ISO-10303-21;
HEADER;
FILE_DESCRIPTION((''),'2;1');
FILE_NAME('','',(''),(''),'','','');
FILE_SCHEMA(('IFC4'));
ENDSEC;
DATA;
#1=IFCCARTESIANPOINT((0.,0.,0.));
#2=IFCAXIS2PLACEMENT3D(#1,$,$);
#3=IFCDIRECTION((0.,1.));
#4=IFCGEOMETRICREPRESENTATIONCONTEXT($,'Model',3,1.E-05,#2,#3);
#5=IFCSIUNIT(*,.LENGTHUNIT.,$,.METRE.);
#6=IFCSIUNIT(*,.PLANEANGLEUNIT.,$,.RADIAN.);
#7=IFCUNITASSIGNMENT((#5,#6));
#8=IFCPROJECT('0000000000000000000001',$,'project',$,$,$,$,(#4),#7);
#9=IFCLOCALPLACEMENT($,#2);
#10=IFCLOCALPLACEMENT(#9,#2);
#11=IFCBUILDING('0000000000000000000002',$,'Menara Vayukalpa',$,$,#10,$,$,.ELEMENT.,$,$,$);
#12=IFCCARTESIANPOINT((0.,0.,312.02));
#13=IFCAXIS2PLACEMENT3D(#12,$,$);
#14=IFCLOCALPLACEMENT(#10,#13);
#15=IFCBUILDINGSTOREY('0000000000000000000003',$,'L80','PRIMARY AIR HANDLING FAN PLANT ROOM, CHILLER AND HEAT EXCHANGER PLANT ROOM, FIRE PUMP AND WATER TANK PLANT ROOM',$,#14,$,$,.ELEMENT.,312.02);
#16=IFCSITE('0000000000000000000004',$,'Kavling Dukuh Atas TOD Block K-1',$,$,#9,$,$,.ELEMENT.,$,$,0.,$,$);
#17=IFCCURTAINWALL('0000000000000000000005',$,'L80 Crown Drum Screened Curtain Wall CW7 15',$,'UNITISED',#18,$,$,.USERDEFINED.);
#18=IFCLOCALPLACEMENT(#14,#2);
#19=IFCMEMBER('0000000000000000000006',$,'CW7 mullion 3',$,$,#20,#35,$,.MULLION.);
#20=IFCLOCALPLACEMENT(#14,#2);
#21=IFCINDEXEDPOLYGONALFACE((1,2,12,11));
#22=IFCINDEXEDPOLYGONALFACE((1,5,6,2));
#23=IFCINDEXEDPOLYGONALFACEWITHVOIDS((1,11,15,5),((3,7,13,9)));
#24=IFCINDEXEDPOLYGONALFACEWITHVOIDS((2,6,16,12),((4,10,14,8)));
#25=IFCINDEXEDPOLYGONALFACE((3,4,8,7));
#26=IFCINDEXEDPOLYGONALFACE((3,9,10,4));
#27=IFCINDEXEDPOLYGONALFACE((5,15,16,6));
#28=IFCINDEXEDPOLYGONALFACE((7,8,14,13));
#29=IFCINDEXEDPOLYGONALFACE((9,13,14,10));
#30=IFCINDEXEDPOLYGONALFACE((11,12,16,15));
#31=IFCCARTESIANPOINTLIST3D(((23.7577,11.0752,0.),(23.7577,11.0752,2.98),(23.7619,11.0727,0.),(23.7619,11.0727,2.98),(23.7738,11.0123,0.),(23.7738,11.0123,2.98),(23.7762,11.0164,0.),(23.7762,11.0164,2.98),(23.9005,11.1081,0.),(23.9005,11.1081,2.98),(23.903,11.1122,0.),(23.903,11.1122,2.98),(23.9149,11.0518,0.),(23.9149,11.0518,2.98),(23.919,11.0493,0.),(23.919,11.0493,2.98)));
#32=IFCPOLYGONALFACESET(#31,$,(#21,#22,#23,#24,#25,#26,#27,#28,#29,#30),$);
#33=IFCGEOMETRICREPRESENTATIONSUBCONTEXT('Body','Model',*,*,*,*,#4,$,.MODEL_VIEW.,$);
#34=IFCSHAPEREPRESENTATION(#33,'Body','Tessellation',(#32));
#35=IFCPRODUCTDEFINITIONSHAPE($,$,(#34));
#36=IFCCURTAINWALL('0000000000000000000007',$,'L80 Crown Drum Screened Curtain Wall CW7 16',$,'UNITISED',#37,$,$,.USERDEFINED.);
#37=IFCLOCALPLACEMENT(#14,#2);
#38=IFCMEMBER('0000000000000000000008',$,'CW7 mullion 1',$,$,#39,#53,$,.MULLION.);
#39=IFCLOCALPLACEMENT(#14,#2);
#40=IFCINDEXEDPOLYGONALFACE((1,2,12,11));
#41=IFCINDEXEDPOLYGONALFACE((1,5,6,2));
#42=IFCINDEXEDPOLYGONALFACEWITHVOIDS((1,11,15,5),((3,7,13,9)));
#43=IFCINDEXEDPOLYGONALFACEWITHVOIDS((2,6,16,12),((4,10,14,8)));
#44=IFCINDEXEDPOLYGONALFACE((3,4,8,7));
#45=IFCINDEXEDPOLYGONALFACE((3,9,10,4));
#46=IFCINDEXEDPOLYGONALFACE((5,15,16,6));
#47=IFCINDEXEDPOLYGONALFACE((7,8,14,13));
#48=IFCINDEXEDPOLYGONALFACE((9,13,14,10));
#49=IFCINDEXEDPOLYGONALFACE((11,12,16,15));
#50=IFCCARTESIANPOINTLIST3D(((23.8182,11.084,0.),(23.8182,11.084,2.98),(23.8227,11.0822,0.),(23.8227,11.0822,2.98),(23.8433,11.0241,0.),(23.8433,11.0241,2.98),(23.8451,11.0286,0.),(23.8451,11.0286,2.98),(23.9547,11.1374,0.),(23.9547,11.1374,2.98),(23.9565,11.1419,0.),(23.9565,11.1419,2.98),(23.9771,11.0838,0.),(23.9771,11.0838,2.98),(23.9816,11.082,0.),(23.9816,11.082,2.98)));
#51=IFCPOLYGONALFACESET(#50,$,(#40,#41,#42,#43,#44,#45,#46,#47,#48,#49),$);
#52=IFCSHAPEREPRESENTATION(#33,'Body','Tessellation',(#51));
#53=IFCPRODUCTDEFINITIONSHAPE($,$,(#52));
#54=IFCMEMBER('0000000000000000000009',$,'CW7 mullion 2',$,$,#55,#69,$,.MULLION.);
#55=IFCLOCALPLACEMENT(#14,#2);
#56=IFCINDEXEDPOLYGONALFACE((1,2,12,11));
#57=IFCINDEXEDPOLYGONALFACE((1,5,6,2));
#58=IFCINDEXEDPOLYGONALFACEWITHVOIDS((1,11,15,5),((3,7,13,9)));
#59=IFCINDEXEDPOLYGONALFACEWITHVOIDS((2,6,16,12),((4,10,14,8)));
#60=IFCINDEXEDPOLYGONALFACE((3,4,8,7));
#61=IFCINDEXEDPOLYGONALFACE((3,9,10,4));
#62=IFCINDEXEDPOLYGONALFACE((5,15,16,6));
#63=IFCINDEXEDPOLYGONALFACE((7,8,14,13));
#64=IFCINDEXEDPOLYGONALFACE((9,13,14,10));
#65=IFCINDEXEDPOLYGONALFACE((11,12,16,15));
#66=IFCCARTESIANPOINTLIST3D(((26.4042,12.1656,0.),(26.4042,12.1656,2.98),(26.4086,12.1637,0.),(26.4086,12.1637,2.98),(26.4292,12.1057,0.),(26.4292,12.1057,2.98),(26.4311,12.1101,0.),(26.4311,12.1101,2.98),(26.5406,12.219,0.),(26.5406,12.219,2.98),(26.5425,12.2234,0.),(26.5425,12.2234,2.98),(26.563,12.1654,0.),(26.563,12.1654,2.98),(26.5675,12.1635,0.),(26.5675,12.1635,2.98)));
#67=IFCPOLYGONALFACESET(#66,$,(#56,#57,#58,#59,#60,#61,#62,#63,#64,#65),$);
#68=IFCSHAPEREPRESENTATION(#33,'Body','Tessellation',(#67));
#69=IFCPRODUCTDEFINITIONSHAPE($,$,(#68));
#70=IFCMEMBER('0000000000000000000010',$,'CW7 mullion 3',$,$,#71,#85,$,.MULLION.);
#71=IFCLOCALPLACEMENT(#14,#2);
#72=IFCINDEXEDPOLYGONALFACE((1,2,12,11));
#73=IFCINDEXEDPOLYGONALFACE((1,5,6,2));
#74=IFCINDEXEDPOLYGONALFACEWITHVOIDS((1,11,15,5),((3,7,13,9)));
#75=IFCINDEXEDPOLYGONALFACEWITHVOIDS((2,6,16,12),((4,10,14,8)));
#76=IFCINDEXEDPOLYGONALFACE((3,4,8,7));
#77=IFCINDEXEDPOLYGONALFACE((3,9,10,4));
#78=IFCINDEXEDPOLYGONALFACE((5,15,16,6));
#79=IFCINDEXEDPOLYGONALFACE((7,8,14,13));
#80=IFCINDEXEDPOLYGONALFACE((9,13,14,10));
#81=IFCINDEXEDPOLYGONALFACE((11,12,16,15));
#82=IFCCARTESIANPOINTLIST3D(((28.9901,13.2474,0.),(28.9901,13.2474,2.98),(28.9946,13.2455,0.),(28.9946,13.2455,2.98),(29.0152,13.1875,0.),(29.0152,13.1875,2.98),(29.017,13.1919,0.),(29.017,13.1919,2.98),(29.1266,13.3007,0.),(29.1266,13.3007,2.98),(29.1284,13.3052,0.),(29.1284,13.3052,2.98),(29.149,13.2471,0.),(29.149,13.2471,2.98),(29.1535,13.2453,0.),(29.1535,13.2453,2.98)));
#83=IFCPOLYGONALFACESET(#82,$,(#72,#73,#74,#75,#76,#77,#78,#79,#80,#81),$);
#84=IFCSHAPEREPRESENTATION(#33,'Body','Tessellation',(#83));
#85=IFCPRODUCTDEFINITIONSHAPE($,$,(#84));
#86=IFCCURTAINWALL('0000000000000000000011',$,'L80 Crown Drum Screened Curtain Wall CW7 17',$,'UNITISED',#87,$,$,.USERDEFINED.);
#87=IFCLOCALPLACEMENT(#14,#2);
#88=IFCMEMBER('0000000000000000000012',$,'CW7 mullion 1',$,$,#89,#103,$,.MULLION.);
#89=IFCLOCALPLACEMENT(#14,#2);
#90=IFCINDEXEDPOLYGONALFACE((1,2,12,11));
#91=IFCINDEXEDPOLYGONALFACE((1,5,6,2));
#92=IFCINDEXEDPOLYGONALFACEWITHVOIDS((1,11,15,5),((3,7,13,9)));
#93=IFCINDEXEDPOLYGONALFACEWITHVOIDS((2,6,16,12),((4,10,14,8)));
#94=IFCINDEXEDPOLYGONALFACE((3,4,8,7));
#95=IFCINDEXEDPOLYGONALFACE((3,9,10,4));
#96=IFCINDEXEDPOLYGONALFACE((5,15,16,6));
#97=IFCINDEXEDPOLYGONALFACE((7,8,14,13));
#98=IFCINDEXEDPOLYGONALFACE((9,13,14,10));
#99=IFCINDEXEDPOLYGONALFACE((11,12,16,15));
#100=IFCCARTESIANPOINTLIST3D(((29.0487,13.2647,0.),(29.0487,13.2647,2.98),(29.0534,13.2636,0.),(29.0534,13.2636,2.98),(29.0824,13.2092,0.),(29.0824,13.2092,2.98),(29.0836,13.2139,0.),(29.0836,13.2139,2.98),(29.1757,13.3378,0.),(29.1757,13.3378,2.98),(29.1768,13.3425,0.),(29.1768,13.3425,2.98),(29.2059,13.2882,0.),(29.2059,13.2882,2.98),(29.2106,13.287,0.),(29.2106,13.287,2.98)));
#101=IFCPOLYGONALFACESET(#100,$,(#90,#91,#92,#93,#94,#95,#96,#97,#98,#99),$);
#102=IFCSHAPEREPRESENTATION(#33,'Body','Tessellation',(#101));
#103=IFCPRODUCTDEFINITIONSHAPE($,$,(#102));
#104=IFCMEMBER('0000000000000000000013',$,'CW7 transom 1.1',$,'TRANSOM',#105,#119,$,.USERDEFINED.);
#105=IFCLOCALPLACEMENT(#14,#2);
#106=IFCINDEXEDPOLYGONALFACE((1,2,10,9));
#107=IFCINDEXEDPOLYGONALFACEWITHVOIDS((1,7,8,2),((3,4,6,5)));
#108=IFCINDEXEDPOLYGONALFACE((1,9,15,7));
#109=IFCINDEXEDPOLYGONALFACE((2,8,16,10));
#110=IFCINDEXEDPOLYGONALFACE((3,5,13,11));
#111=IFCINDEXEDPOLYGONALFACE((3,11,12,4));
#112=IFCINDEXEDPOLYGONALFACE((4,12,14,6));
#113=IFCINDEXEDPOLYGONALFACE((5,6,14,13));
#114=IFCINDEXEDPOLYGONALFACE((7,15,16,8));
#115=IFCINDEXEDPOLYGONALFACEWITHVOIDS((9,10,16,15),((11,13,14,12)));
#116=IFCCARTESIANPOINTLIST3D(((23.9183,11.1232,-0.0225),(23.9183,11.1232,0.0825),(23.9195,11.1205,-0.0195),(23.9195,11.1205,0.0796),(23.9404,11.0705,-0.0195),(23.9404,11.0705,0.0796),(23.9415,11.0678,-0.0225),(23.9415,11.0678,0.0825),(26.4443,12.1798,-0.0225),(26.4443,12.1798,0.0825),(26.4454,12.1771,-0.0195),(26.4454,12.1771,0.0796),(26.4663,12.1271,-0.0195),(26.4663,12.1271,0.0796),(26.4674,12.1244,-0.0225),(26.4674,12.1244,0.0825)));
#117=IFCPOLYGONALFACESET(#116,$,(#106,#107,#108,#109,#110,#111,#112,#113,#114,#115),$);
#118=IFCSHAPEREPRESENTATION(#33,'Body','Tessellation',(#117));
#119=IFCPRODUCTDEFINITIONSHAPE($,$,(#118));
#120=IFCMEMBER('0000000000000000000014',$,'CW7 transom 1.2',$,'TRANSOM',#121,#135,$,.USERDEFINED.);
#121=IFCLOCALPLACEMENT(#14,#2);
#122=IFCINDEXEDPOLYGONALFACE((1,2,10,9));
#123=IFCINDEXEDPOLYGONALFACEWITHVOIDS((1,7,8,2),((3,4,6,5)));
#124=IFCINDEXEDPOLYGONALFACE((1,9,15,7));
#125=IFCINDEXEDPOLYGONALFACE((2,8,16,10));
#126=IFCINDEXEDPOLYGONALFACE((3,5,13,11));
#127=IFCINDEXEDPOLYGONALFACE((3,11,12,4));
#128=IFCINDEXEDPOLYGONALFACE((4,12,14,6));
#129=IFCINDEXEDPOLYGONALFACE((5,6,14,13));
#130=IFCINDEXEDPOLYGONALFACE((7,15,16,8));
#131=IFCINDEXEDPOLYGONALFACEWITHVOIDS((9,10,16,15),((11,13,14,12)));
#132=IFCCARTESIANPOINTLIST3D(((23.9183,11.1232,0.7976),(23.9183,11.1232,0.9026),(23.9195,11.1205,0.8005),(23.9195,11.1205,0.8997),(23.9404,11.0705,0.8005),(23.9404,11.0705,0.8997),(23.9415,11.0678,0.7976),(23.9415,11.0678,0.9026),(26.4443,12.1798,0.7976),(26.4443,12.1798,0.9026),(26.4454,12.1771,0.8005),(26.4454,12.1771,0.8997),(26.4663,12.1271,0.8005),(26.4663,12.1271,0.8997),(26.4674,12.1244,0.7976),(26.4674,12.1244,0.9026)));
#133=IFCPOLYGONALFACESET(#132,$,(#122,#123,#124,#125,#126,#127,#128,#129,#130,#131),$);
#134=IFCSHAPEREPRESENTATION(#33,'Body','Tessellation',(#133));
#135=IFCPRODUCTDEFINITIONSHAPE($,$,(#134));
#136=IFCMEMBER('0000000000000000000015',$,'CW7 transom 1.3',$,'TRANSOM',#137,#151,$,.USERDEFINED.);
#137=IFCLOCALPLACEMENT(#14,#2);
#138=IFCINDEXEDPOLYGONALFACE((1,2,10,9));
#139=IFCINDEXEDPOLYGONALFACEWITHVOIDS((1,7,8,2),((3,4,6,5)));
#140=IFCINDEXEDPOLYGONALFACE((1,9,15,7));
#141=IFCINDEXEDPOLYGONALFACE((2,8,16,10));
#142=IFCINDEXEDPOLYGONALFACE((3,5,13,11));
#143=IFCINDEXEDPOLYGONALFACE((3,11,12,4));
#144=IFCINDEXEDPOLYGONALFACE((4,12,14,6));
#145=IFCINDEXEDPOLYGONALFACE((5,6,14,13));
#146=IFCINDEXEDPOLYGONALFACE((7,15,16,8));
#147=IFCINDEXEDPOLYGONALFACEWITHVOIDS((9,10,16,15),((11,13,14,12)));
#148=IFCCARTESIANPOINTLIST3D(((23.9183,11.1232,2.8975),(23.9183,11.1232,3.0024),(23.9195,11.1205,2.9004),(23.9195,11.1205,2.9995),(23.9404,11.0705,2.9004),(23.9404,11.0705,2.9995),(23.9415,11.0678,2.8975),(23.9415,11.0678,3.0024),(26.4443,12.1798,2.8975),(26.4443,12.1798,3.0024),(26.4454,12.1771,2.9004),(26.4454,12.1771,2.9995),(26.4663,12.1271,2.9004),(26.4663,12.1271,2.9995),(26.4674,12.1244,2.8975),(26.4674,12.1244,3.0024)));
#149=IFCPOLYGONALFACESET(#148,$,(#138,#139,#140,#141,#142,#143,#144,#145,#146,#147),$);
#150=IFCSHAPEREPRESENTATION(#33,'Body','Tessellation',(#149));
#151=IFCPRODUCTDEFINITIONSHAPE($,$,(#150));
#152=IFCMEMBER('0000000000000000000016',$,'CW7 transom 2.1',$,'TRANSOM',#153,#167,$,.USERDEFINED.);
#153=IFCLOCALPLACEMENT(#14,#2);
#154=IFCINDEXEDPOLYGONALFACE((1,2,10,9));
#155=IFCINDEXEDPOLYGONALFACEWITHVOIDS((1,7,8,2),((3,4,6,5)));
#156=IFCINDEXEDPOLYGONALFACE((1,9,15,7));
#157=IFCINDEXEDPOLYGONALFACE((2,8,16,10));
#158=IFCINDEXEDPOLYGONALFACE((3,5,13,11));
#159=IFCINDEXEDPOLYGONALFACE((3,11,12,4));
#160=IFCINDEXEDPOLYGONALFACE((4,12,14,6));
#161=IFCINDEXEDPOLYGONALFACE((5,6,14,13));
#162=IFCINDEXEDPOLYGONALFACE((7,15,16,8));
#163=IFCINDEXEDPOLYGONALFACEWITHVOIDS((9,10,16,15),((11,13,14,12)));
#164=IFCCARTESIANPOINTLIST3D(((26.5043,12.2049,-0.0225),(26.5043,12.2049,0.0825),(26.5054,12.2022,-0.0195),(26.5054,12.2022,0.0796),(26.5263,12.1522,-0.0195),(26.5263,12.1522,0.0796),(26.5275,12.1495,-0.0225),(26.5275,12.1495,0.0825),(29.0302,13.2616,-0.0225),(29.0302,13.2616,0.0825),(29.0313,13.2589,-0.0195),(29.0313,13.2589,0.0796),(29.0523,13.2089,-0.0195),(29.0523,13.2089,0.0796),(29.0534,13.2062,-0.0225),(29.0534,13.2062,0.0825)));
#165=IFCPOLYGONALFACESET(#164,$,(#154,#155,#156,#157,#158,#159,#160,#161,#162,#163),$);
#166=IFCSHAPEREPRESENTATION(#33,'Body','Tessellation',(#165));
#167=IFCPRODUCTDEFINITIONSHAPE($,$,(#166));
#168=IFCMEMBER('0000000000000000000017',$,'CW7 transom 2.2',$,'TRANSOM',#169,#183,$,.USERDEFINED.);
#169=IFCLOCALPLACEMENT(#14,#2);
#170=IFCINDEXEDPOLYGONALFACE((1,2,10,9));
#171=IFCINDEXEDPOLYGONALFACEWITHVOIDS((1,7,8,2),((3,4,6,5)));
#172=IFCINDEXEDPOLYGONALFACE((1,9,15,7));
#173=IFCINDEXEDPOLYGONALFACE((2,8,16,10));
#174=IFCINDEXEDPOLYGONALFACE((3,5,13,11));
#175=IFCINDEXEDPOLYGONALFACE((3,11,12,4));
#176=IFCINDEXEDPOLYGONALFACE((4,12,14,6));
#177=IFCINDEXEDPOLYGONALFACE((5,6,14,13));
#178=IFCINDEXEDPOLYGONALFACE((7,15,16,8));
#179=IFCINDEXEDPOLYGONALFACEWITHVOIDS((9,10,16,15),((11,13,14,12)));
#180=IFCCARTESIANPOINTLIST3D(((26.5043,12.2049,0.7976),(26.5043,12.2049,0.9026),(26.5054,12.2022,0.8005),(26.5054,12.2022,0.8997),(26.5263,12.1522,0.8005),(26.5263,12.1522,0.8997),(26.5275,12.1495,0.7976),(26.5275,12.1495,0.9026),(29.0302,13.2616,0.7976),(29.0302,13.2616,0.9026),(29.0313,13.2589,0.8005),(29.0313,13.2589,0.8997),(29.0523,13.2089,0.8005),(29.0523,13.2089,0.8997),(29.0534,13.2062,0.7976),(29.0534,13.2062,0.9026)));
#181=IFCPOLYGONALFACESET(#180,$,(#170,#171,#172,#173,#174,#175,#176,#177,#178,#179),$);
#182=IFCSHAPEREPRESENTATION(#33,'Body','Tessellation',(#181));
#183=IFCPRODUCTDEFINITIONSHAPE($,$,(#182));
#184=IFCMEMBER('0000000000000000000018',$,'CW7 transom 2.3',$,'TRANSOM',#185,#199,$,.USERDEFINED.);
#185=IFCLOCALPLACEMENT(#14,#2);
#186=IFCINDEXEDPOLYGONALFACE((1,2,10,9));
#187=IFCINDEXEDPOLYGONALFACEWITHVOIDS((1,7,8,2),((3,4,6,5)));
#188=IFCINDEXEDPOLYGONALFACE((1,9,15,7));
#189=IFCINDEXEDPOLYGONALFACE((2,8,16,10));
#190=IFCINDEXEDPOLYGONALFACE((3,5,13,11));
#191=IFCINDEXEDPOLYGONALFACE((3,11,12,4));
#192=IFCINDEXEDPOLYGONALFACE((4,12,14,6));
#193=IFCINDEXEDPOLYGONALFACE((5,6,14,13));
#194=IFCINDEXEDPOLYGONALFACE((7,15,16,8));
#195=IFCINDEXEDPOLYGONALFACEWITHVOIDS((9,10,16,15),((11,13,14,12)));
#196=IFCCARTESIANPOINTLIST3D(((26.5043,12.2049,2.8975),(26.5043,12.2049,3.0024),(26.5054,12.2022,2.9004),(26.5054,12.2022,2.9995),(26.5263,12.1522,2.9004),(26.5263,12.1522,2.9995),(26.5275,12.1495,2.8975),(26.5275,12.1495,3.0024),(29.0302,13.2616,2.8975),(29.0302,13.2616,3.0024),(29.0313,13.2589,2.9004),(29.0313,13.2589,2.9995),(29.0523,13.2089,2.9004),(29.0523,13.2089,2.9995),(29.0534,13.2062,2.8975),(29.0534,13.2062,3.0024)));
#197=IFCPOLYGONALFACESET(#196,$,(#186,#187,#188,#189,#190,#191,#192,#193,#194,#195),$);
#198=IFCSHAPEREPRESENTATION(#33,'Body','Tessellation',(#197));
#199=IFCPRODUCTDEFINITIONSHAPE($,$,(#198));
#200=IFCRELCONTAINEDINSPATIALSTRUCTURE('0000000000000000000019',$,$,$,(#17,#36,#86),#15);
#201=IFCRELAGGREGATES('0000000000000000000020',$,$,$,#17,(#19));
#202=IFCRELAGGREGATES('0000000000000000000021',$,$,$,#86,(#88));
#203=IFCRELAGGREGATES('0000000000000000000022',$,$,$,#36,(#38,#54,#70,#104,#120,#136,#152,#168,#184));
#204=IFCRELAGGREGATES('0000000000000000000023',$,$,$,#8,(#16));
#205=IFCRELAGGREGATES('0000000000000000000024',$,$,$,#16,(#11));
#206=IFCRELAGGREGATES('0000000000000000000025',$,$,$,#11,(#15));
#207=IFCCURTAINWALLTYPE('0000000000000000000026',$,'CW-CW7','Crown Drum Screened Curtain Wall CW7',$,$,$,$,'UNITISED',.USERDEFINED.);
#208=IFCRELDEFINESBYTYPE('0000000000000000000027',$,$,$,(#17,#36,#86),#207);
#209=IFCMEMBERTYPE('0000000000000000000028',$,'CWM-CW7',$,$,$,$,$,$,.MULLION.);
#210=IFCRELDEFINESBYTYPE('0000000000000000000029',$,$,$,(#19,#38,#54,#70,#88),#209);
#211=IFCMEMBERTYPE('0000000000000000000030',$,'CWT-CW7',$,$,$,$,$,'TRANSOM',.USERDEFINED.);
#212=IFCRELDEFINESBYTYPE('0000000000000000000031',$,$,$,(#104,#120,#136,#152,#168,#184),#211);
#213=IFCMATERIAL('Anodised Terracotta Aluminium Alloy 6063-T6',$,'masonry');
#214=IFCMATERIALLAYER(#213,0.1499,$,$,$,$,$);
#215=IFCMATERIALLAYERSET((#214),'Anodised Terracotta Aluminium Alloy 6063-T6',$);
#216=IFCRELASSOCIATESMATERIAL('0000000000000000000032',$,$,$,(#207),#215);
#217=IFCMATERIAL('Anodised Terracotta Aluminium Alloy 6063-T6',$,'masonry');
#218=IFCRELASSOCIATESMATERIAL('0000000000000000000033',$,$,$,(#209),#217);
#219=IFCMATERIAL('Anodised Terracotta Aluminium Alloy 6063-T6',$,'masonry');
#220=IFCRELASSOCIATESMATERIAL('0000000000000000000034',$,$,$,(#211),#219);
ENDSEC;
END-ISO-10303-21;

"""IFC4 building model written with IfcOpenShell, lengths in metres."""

from ifc_helpers import new_model, si_unit, direction, frame, origin, origin_2d, place, context, subcontext, project, spatial, hollow_rectangle, extrude, material, layer, layer_set, material_profile, profile_set, type_object, element, aggregate, save


model = new_model("IFC4")

# Units and contexts
model_context = context("Model", 3, precision=1e-05, world=origin(), true_north=direction((0.0, 1.0)))
body_context = subcontext(model_context, "Body", "Model", "MODEL_VIEW")
ifc_project = project(units=[si_unit("LENGTHUNIT", "METRE"), si_unit("PLANEANGLEUNIT", "RADIAN")], contexts=[model_context])

# Site, building, storey
site_placement = place(None, origin())
site = spatial("IfcSite", under=ifc_project, at=site_placement, Name="Kavling Dukuh Atas TOD Block K-1", CompositionType="ELEMENT", RefElevation=0.0)
building_placement = place(site_placement, origin())
building = spatial("IfcBuilding", under=site, at=building_placement, Name="Menara Vayukalpa", CompositionType="ELEMENT")
storey_placement = place(building_placement, frame((0.0, 0.0, 312.02)))
storey = spatial("IfcBuildingStorey", under=building, at=storey_placement, Name="L80", Description="PRIMARY AIR HANDLING FAN PLANT ROOM, CHILLER AND HEAT EXCHANGER PLANT ROOM, FIRE PUMP AND WATER TANK PLANT ROOM", CompositionType="ELEMENT", Elevation=312.02)

# Curtain wall, member
ifc_material_1 = material(Name="Anodised Terracotta Aluminium Alloy 6063-T6", Category="masonry")
ifc_layer_1 = layer(ifc_material_1, 0.1499)
ifc_layer_set_1 = layer_set([ifc_layer_1], Name="Anodised Terracotta Aluminium Alloy 6063-T6")
curtain_wall_type = type_object("IfcCurtainWallType", Name="CW-CW7", Description="Crown Drum Screened Curtain Wall CW7", ElementType="UNITISED", PredefinedType="USERDEFINED", material=ifc_layer_set_1)
curtain_wall_1_placement = place(storey_placement, origin())
curtain_wall_1 = element("IfcCurtainWall", 1, at=curtain_wall_1_placement, inside=storey, type_object=curtain_wall_type, Name="L80 Crown Drum Screened Curtain Wall CW7 15", ObjectType="UNITISED", PredefinedType="USERDEFINED")
ifc_material_2 = material(Name="Anodised Terracotta Aluminium Alloy 6063-T6", Category="masonry")
ifc_material_profile_1 = material_profile(ifc_material_2, hollow_rectangle(XDim=0.0649, YDim=0.1499, WallThickness=0.0034, at=origin_2d()), Name="ALU 65x150x3.5")
ifc_profile_set_1 = profile_set([ifc_material_profile_1], Name="Anodised Terracotta Aluminium Alloy 6063-T6")
member_type_1 = type_object("IfcMemberType", Name="CWM-CW7", PredefinedType="MULLION", material=ifc_profile_set_1)
member_1_placement = place(storey_placement, frame((23.8384, 11.0623, 0.0), z_axis=(0.0, 0.0, 1.0), x_axis=(-0.247124, 0.968984, 0.0)))
member_1 = element("IfcMember", 2, at=member_1_placement, type_object=member_type_1, Name="CW7 mullion 3", PredefinedType="MULLION", context=body_context, shape_type="SweptSolid", body=[
    extrude(hollow_rectangle(XDim=0.0649, YDim=0.1499, WallThickness=0.0034, at=origin_2d()), origin(), (0.0, 0.0, 1.0), 2.98),
])
aggregate(curtain_wall_1, [member_1])

# Curtain wall, members
curtain_wall_2_placement = place(storey_placement, origin())
curtain_wall_2 = element("IfcCurtainWall", 3, at=curtain_wall_2_placement, inside=storey, type_object=curtain_wall_type, Name="L80 Crown Drum Screened Curtain Wall CW7 16", ObjectType="UNITISED", PredefinedType="USERDEFINED")
member_2_placement = place(storey_placement, frame((23.8999, 11.083, 0.0), z_axis=(0.0, 0.0, 1.0), x_axis=(-0.385898, 0.922541, 0.0)))
member_2 = element("IfcMember", 4, at=member_2_placement, type_object=member_type_1, Name="CW7 mullion 1", PredefinedType="MULLION", context=body_context, shape_type="SweptSolid", body=[
    extrude(hollow_rectangle(XDim=0.0649, YDim=0.1499, WallThickness=0.0034, at=origin_2d()), origin(), (0.0, 0.0, 1.0), 2.98),
])
member_3_placement = place(storey_placement, frame((26.4858, 12.1646, 0.0), z_axis=(0.0, 0.0, 1.0), x_axis=(-0.385898, 0.922541, 0.0)))
member_3 = element("IfcMember", 5, at=member_3_placement, type_object=member_type_1, Name="CW7 mullion 2", PredefinedType="MULLION", context=body_context, shape_type="SweptSolid", body=[
    extrude(hollow_rectangle(XDim=0.0649, YDim=0.1499, WallThickness=0.0034, at=origin_2d()), origin(), (0.0, 0.0, 1.0), 2.98),
])
member_4_placement = place(storey_placement, frame((29.0718, 13.2463, 0.0), z_axis=(0.0, 0.0, 1.0), x_axis=(-0.385898, 0.922541, 0.0)))
member_4 = element("IfcMember", 6, at=member_4_placement, type_object=member_type_1, Name="CW7 mullion 3", PredefinedType="MULLION", context=body_context, shape_type="SweptSolid", body=[
    extrude(hollow_rectangle(XDim=0.0649, YDim=0.1499, WallThickness=0.0034, at=origin_2d()), origin(), (0.0, 0.0, 1.0), 2.98),
])

# Curtain wall, member
curtain_wall_3_placement = place(storey_placement, origin())
curtain_wall_3 = element("IfcCurtainWall", 7, at=curtain_wall_3_placement, inside=storey, type_object=curtain_wall_type, Name="L80 Crown Drum Screened Curtain Wall CW7 17", ObjectType="UNITISED", PredefinedType="USERDEFINED")
member_5_placement = place(storey_placement, frame((29.1296, 13.2759, 0.0), z_axis=(0.0, 0.0, 1.0), x_axis=(-0.519176, 0.854667, 0.0)))
member_5 = element("IfcMember", 8, at=member_5_placement, type_object=member_type_1, Name="CW7 mullion 1", PredefinedType="MULLION", context=body_context, shape_type="SweptSolid", body=[
    extrude(hollow_rectangle(XDim=0.0649, YDim=0.1499, WallThickness=0.0034, at=origin_2d()), origin(), (0.0, 0.0, 1.0), 2.98),
])
aggregate(curtain_wall_3, [member_5])

# Members
ifc_material_3 = material(Name="Anodised Terracotta Aluminium Alloy 6063-T6", Category="masonry")
ifc_material_profile_2 = material_profile(ifc_material_3, hollow_rectangle(XDim=0.0601, YDim=0.105, WallThickness=0.0029, at=origin_2d()), Name="ALU 60x105x3")
ifc_profile_set_2 = profile_set([ifc_material_profile_2], Name="Anodised Terracotta Aluminium Alloy 6063-T6")
member_type_2 = type_object("IfcMemberType", Name="CWT-CW7", ElementType="TRANSOM", PredefinedType="USERDEFINED", material=ifc_profile_set_2)
member_6_placement = place(storey_placement, frame((23.9299, 11.0955, 0.03), z_axis=(0.922533, 0.385919, 0.0), x_axis=(-0.385919, 0.922533, 0.0)))
member_6 = element("IfcMember", 9, at=member_6_placement, type_object=member_type_2, Name="CW7 transom 1.1", ObjectType="TRANSOM", PredefinedType="USERDEFINED", context=body_context, shape_type="SweptSolid", body=[
    extrude(hollow_rectangle(XDim=0.0601, YDim=0.105, WallThickness=0.0029, at=origin_2d()), origin(), (0.0, 0.0, 1.0), 2.738),
])
member_7_placement = place(storey_placement, frame((23.9299, 11.0955, 0.8501), z_axis=(0.922533, 0.385919, 0.0), x_axis=(-0.385919, 0.922533, 0.0)))
member_7 = element("IfcMember", 10, at=member_7_placement, type_object=member_type_2, Name="CW7 transom 1.2", ObjectType="TRANSOM", PredefinedType="USERDEFINED", context=body_context, shape_type="SweptSolid", body=[
    extrude(hollow_rectangle(XDim=0.0601, YDim=0.105, WallThickness=0.0029, at=origin_2d()), origin(), (0.0, 0.0, 1.0), 2.738),
])
member_8_placement = place(storey_placement, frame((23.9299, 11.0955, 2.95), z_axis=(0.922533, 0.385919, 0.0), x_axis=(-0.385919, 0.922533, 0.0)))
member_8 = element("IfcMember", 11, at=member_8_placement, type_object=member_type_2, Name="CW7 transom 1.3", ObjectType="TRANSOM", PredefinedType="USERDEFINED", context=body_context, shape_type="SweptSolid", body=[
    extrude(hollow_rectangle(XDim=0.0601, YDim=0.105, WallThickness=0.0029, at=origin_2d()), origin(), (0.0, 0.0, 1.0), 2.738),
])
member_9_placement = place(storey_placement, frame((26.5159, 12.1772, 0.03), z_axis=(0.922533, 0.385919, 0.0), x_axis=(-0.385919, 0.922533, 0.0)))
member_9 = element("IfcMember", 12, at=member_9_placement, type_object=member_type_2, Name="CW7 transom 2.1", ObjectType="TRANSOM", PredefinedType="USERDEFINED", context=body_context, shape_type="SweptSolid", body=[
    extrude(hollow_rectangle(XDim=0.0601, YDim=0.105, WallThickness=0.0029, at=origin_2d()), origin(), (0.0, 0.0, 1.0), 2.738),
])
member_10_placement = place(storey_placement, frame((26.5159, 12.1772, 0.8501), z_axis=(0.922533, 0.385919, 0.0), x_axis=(-0.385919, 0.922533, 0.0)))
member_10 = element("IfcMember", 13, at=member_10_placement, type_object=member_type_2, Name="CW7 transom 2.2", ObjectType="TRANSOM", PredefinedType="USERDEFINED", context=body_context, shape_type="SweptSolid", body=[
    extrude(hollow_rectangle(XDim=0.0601, YDim=0.105, WallThickness=0.0029, at=origin_2d()), origin(), (0.0, 0.0, 1.0), 2.738),
])
member_11_placement = place(storey_placement, frame((26.5159, 12.1772, 2.95), z_axis=(0.922533, 0.385919, 0.0), x_axis=(-0.385919, 0.922533, 0.0)))
member_11 = element("IfcMember", 14, at=member_11_placement, type_object=member_type_2, Name="CW7 transom 2.3", ObjectType="TRANSOM", PredefinedType="USERDEFINED", context=body_context, shape_type="SweptSolid", body=[
    extrude(hollow_rectangle(XDim=0.0601, YDim=0.105, WallThickness=0.0029, at=origin_2d()), origin(), (0.0, 0.0, 1.0), 2.738),
])

aggregate(curtain_wall_2, [member_2, member_3, member_4, member_6, member_7, member_8, member_9, member_10, member_11])

save(model, "model.ifc")
